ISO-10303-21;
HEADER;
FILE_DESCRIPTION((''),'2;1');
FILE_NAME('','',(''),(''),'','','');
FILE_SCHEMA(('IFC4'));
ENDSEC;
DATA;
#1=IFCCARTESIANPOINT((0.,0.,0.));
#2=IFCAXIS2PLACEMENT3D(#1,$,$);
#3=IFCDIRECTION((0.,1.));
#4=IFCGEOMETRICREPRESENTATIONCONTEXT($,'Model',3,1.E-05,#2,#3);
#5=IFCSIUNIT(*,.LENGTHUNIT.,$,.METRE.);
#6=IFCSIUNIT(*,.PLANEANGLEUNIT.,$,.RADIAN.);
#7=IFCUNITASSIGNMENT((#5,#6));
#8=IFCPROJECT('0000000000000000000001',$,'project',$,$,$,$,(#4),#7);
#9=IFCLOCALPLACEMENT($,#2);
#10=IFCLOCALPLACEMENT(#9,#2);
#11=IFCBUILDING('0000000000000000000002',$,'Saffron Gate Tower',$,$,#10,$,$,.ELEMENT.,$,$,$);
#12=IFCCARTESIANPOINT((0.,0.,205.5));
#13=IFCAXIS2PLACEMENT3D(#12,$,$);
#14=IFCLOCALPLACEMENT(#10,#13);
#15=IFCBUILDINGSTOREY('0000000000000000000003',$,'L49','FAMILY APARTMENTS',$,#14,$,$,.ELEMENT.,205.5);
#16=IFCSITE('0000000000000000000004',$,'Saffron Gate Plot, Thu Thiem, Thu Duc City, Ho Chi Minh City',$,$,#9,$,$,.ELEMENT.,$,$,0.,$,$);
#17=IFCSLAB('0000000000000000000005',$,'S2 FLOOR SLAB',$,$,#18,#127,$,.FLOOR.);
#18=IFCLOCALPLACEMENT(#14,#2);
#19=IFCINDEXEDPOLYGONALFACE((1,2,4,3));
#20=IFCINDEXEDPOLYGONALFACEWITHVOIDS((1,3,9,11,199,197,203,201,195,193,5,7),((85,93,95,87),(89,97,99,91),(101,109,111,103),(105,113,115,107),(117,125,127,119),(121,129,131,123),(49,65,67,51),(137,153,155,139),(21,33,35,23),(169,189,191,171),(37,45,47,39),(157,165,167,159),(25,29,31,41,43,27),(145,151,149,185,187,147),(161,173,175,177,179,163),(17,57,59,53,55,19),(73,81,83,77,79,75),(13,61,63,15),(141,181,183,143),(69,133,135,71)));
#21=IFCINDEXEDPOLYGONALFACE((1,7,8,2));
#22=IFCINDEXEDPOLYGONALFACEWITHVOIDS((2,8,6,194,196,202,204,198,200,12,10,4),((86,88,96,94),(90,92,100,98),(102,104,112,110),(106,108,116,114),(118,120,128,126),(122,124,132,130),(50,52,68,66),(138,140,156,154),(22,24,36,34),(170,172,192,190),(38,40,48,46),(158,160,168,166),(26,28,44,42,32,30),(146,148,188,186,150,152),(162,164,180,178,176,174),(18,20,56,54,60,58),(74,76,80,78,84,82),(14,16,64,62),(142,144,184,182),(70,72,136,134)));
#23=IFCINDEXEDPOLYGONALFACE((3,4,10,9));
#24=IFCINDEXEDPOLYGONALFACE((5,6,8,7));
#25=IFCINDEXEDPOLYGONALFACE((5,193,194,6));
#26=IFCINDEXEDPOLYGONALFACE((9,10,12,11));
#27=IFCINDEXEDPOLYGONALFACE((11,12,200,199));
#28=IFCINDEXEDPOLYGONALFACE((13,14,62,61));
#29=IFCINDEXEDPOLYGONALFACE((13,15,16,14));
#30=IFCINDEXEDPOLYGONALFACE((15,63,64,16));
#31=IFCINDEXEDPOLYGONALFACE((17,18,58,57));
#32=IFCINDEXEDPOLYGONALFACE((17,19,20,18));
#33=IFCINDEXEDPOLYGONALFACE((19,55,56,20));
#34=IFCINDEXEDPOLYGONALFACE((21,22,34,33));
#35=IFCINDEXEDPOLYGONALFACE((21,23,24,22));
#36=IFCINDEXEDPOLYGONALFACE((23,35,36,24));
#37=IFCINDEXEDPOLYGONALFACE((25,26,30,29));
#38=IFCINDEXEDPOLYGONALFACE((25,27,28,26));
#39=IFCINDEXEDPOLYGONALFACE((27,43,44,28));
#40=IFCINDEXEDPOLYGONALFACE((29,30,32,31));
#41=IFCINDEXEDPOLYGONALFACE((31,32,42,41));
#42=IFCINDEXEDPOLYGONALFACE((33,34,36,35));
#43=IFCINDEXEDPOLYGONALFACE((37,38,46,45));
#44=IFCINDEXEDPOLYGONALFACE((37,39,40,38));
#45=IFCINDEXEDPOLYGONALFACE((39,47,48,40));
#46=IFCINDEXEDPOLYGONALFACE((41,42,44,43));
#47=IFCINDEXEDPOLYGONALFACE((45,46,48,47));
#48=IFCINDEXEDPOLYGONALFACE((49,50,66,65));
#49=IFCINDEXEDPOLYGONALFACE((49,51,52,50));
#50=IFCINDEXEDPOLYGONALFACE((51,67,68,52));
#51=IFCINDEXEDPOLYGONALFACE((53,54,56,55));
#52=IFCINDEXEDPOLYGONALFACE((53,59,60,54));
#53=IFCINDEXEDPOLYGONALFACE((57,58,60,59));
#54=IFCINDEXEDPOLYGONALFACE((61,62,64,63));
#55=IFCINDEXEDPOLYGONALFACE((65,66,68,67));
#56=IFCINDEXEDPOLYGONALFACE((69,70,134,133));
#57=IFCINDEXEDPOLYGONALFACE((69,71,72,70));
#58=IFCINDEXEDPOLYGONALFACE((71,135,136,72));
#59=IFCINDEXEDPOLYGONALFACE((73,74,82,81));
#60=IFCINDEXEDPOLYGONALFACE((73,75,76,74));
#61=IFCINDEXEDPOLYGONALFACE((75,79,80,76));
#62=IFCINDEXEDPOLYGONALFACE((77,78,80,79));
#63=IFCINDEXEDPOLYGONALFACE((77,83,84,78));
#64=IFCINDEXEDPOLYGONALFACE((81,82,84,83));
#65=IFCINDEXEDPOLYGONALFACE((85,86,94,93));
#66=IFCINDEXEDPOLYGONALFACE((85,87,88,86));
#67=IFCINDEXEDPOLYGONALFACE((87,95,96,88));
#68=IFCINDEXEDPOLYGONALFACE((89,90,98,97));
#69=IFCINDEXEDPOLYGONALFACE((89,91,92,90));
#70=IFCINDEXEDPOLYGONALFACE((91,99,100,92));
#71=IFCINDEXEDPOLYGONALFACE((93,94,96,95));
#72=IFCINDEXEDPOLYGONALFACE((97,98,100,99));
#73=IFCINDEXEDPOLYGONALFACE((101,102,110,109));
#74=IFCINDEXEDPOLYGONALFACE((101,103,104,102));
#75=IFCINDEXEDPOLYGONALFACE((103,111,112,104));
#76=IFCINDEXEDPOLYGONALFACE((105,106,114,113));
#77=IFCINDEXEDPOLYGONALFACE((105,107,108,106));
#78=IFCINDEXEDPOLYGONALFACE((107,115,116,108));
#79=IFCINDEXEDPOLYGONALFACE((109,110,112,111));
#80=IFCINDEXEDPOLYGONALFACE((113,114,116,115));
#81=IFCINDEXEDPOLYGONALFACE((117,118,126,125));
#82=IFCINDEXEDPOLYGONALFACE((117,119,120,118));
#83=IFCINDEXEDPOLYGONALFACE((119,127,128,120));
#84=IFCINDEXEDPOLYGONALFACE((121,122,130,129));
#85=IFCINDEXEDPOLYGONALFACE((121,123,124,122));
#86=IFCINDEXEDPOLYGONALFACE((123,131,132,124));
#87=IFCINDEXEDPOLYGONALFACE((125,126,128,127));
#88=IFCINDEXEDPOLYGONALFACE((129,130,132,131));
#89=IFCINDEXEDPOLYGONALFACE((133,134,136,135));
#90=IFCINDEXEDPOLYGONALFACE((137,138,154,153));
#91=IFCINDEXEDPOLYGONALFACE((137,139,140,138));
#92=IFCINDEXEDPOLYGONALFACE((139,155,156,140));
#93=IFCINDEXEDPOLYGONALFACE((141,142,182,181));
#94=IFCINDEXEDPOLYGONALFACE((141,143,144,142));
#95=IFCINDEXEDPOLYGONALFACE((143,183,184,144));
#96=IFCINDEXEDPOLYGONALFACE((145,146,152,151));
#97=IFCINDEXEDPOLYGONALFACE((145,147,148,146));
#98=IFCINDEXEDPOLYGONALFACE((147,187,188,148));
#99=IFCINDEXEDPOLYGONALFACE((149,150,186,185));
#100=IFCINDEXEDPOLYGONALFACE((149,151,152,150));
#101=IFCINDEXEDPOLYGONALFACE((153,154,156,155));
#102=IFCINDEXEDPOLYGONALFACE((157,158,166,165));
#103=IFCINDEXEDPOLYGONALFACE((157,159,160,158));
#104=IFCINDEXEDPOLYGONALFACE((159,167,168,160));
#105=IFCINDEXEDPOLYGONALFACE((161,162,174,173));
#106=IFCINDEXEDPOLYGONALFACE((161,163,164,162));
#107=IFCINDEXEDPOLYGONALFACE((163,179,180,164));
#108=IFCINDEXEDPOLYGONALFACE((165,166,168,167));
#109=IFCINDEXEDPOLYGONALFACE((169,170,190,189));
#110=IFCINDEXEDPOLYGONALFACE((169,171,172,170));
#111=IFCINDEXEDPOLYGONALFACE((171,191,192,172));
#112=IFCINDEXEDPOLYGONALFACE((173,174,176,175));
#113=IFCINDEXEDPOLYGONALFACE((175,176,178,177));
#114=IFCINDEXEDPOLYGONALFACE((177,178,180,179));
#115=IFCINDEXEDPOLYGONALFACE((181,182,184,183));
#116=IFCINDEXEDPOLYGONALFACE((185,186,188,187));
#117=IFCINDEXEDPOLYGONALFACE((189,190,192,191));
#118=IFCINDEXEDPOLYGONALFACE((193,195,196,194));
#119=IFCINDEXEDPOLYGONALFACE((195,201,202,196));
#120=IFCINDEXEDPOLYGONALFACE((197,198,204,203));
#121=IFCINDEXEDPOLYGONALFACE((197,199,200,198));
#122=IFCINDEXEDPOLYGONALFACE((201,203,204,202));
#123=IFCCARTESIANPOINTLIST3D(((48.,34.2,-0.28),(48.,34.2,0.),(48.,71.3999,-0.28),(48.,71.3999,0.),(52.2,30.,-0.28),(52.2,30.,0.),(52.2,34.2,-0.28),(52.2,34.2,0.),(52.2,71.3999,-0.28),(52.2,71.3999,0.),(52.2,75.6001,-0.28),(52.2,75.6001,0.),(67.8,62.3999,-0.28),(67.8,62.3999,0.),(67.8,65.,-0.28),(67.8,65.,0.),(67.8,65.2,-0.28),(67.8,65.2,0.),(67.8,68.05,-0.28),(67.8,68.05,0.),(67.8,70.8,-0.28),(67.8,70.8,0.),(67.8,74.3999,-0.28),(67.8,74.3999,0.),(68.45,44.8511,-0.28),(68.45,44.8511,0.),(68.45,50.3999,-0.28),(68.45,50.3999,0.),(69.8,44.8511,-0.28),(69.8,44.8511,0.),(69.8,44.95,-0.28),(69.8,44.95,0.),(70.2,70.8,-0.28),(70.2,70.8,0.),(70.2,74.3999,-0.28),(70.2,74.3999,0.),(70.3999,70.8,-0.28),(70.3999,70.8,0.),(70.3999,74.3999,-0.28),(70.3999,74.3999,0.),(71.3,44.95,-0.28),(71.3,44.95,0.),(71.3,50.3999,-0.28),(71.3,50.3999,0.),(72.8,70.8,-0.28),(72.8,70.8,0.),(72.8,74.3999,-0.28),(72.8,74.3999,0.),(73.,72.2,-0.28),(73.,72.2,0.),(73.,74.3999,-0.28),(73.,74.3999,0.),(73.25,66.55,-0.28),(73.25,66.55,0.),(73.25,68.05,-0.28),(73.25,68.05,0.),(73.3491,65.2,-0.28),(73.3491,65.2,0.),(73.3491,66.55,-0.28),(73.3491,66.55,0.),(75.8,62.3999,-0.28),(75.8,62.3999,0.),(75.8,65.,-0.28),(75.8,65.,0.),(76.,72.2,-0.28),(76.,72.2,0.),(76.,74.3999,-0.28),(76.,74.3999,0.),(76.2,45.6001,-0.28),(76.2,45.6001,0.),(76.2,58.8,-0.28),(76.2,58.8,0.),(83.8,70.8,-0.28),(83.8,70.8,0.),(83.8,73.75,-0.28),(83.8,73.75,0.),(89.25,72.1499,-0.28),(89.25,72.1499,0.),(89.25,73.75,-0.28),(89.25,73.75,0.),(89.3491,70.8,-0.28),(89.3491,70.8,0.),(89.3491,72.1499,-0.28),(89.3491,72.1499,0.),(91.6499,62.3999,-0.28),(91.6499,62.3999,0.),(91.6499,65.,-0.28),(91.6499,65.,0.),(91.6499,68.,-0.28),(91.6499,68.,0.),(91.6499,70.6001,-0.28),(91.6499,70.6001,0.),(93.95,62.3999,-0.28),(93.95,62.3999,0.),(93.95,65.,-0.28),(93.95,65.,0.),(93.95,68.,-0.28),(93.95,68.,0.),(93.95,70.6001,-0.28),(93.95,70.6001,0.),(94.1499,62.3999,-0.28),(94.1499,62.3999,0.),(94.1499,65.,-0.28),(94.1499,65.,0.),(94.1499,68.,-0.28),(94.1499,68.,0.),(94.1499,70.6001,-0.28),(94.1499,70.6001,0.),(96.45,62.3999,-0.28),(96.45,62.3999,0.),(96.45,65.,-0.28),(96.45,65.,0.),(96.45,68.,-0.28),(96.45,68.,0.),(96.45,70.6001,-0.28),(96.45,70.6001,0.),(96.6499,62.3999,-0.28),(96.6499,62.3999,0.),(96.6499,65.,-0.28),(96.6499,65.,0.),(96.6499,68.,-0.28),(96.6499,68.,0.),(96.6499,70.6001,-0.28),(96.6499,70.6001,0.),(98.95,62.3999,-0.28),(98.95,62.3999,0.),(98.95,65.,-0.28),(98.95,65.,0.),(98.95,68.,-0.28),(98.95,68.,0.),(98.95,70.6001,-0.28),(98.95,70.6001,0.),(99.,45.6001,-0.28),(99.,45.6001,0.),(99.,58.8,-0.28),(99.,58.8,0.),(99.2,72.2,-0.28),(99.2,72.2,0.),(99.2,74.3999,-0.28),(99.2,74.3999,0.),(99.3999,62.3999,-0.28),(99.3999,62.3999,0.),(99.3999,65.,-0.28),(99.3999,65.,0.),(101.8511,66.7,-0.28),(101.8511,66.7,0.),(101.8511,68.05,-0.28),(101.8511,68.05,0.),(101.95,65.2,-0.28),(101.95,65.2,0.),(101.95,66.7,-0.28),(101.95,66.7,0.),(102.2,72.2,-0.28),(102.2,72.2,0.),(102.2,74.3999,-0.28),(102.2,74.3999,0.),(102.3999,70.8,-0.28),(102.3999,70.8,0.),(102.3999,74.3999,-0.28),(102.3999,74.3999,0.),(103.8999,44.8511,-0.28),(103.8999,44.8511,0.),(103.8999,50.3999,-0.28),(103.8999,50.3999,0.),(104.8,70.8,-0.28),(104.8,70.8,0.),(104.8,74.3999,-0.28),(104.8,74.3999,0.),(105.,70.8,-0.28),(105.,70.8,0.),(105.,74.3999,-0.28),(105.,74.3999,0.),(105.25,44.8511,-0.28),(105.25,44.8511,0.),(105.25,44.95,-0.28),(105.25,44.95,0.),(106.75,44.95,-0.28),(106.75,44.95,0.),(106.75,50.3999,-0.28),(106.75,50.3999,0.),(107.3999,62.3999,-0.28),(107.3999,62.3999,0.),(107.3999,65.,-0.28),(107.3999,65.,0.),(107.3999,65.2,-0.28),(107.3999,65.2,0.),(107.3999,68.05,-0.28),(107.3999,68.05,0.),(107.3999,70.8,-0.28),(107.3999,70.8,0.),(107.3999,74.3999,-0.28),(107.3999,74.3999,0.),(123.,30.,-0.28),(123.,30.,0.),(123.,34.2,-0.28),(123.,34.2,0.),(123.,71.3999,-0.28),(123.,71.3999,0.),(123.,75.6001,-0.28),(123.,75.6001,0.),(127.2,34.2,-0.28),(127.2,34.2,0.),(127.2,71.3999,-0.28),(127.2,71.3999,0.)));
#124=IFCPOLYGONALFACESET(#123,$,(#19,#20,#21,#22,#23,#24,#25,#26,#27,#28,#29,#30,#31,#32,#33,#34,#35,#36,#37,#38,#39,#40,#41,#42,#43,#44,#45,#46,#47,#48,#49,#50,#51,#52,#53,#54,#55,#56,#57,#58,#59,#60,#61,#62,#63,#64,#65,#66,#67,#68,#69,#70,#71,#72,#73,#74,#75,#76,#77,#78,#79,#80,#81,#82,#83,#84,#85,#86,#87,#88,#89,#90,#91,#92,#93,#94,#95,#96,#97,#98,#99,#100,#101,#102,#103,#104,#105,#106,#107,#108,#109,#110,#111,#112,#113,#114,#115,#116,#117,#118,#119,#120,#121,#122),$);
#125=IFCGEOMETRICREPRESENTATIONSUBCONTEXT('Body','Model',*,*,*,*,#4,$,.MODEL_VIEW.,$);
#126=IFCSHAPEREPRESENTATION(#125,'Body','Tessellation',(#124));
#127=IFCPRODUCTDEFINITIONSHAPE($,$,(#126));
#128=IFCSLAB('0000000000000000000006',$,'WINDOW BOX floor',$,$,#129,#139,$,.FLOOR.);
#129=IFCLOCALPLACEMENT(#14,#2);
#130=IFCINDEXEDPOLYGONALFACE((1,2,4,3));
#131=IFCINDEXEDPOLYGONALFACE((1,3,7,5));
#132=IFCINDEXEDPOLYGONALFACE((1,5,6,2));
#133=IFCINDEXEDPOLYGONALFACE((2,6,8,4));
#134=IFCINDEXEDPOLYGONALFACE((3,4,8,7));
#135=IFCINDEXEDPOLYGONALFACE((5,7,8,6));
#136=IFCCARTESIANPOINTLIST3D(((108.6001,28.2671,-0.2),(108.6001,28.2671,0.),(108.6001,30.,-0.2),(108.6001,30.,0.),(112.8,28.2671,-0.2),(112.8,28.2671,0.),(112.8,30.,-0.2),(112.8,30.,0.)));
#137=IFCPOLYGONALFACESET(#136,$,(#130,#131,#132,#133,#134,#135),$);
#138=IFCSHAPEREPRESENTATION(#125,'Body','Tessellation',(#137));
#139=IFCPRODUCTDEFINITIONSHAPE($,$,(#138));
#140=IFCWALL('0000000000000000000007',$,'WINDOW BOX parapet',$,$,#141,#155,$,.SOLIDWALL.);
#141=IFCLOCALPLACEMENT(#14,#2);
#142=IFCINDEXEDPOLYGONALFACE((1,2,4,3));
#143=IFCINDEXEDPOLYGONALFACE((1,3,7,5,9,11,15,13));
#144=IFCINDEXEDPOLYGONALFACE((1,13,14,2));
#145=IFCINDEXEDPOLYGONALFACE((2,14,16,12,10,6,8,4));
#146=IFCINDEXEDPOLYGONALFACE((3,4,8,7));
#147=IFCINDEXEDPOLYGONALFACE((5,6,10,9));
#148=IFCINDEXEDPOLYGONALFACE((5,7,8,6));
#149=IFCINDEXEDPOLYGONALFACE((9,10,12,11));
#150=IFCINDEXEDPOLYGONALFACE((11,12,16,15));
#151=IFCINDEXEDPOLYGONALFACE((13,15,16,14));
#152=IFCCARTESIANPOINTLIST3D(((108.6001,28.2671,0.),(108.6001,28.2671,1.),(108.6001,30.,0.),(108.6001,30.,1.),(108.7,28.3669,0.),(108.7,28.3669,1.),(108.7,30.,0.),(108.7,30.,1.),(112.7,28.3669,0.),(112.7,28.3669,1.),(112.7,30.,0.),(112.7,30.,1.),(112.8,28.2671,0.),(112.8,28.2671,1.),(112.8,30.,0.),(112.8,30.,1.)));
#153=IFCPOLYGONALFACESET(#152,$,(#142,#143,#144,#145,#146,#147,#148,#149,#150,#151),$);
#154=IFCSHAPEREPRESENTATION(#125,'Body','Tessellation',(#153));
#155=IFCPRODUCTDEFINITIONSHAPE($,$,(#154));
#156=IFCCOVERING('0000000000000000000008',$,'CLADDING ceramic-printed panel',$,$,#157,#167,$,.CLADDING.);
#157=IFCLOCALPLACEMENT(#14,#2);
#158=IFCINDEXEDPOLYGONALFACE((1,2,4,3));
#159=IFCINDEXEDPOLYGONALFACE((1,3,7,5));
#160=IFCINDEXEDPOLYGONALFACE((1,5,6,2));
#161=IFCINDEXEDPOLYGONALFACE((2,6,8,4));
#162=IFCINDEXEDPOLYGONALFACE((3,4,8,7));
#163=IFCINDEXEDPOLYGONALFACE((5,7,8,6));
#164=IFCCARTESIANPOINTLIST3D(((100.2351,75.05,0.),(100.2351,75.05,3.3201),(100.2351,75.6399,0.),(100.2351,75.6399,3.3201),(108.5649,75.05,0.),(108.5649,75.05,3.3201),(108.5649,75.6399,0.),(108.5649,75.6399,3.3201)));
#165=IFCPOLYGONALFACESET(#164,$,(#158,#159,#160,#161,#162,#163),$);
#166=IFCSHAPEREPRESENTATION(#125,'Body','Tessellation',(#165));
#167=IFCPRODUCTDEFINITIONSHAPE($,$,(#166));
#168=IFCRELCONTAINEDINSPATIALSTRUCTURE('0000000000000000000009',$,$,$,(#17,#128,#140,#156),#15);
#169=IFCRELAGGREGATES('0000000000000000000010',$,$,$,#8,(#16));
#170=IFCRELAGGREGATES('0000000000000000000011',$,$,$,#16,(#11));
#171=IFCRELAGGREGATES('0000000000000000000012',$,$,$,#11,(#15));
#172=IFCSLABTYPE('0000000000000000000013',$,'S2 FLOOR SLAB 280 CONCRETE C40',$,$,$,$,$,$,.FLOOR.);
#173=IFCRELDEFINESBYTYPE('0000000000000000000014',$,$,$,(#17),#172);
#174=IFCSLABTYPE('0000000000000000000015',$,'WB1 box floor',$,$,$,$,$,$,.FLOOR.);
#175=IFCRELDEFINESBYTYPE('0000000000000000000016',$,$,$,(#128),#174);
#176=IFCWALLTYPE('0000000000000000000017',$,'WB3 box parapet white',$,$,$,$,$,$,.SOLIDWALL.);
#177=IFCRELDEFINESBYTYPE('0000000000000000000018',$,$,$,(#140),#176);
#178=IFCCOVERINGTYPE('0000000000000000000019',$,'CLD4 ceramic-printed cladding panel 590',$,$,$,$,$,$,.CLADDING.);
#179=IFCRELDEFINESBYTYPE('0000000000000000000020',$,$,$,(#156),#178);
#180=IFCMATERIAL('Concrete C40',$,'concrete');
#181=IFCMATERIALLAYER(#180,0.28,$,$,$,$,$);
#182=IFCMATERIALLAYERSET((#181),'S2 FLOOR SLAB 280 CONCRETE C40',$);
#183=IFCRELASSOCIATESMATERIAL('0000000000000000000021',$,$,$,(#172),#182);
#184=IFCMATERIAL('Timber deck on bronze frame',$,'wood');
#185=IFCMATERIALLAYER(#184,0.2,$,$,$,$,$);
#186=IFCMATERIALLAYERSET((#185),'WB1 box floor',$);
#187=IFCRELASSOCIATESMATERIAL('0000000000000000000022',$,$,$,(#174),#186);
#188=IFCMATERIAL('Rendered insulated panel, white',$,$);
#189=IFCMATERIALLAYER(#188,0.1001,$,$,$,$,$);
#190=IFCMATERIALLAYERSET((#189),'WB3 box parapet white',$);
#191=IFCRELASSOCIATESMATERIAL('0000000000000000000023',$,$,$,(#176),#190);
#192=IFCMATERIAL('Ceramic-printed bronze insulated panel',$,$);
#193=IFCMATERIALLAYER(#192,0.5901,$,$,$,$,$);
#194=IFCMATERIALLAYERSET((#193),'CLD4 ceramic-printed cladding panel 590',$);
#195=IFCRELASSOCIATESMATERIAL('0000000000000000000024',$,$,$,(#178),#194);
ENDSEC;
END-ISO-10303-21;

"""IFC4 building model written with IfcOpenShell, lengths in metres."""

from ifc_helpers import new_model, si_unit, direction, frame, origin, place, context, subcontext, project, spatial, polyline, outline, extrude, material, layer, layer_set, type_object, element, save


model = new_model("IFC4")

# Units and contexts
model_context = context("Model", 3, precision=1e-05, world=origin(), true_north=direction((0.0, 1.0)))
body_context = subcontext(model_context, "Body", "Model", "MODEL_VIEW")
ifc_project = project(units=[si_unit("LENGTHUNIT", "METRE"), si_unit("PLANEANGLEUNIT", "RADIAN")], contexts=[model_context])

# Site, building, storey
site_placement = place(None, origin())
site = spatial("IfcSite", under=ifc_project, at=site_placement, Name="Saffron Gate Plot, Thu Thiem, Thu Duc City, Ho Chi Minh City", CompositionType="ELEMENT", RefElevation=0.0)
building_placement = place(site_placement, origin())
building = spatial("IfcBuilding", under=site, at=building_placement, Name="Saffron Gate Tower", CompositionType="ELEMENT")
storey_placement = place(building_placement, frame((0.0, 0.0, 205.5)))
storey = spatial("IfcBuildingStorey", under=building, at=storey_placement, Name="L49", Description="FAMILY APARTMENTS", CompositionType="ELEMENT", Elevation=205.5)

# Slabs
ifc_material_1 = material(Name="Concrete C40", Category="concrete")
ifc_layer_1 = layer(ifc_material_1, 0.28)
ifc_layer_set_1 = layer_set([ifc_layer_1], Name="S2 FLOOR SLAB 280 CONCRETE C40")
slab_type_1 = type_object("IfcSlabType", Name="S2 FLOOR SLAB 280 CONCRETE C40", PredefinedType="FLOOR", material=ifc_layer_set_1)
slab_1_placement = place(storey_placement, frame((0.0, 0.0, -0.28)))
element("IfcSlab", 1, at=slab_1_placement, inside=storey, type_object=slab_type_1, Name="S2 FLOOR SLAB", PredefinedType="FLOOR", context=body_context, shape_type="SweptSolid", body=[
    extrude(outline(polyline([(48.0, 34.2), (52.2, 34.2), (52.2, 30.0), (123.0, 30.0), (123.0, 34.2), (127.2, 34.2), (127.2, 71.3999), (123.0, 71.3999), (123.0, 75.6001), (52.2, 75.6001), (52.2, 71.3999), (48.0, 71.3999), (48.0, 34.2)]), holes=[polyline([(67.8, 62.3999), (67.8, 65.0), (75.8, 65.0), (75.8, 62.3999), (67.8, 62.3999)]), polyline([(67.8, 65.2), (67.8, 68.05), (73.25, 68.05), (73.25, 66.55), (73.3491, 66.55), (73.3491, 65.2), (67.8, 65.2)]), polyline([(67.8, 70.8), (67.8, 74.3999), (70.2, 74.3999), (70.2, 70.8), (67.8, 70.8)]), polyline([(68.45, 44.8511), (68.45, 50.3999), (71.3, 50.3999), (71.3, 44.95), (69.8, 44.95), (69.8, 44.8511), (68.45, 44.8511)]), polyline([(70.3999, 70.8), (70.3999, 74.3999), (72.8, 74.3999), (72.8, 70.8), (70.3999, 70.8)]), polyline([(73.0, 72.2), (73.0, 74.3999), (76.0, 74.3999), (76.0, 72.2), (73.0, 72.2)]), polyline([(76.2, 45.6001), (76.2, 58.8), (99.0, 58.8), (99.0, 45.6001), (76.2, 45.6001)]), polyline([(83.8, 70.8), (83.8, 73.75), (89.25, 73.75), (89.25, 72.1499), (89.3491, 72.1499), (89.3491, 70.8), (83.8, 70.8)]), polyline([(91.6499, 62.3999), (91.6499, 65.0), (93.95, 65.0), (93.95, 62.3999), (91.6499, 62.3999)]), polyline([(91.6499, 68.0), (91.6499, 70.6001), (93.95, 70.6001), (93.95, 68.0), (91.6499, 68.0)]), polyline([(94.1499, 62.3999), (94.1499, 65.0), (96.45, 65.0), (96.45, 62.3999), (94.1499, 62.3999)]), polyline([(94.1499, 68.0), (94.1499, 70.6001), (96.45, 70.6001), (96.45, 68.0), (94.1499, 68.0)]), polyline([(96.6499, 62.3999), (96.6499, 65.0), (98.95, 65.0), (98.95, 62.3999), (96.6499, 62.3999)]), polyline([(96.6499, 68.0), (96.6499, 70.6001), (98.95, 70.6001), (98.95, 68.0), (96.6499, 68.0)]), polyline([(99.2, 72.2), (99.2, 74.3999), (102.2, 74.3999), (102.2, 72.2), (99.2, 72.2)]), polyline([(99.3999, 62.3999), (99.3999, 65.0), (107.3999, 65.0), (107.3999, 62.3999), (99.3999, 62.3999)]), polyline([(101.8511, 66.7), (101.8511, 68.05), (107.3999, 68.05), (107.3999, 65.2), (101.95, 65.2), (101.95, 66.7), (101.8511, 66.7)]), polyline([(102.3999, 70.8), (102.3999, 74.3999), (104.8, 74.3999), (104.8, 70.8), (102.3999, 70.8)]), polyline([(103.8999, 44.8511), (103.8999, 50.3999), (106.75, 50.3999), (106.75, 44.95), (105.25, 44.95), (105.25, 44.8511), (103.8999, 44.8511)]), polyline([(105.0, 70.8), (105.0, 74.3999), (107.3999, 74.3999), (107.3999, 70.8), (105.0, 70.8)])]), origin(), (0.0, 0.0, 1.0), 0.28),
])
ifc_material_2 = material(Name="Timber deck on bronze frame", Category="wood")
ifc_layer_2 = layer(ifc_material_2, 0.2)
ifc_layer_set_2 = layer_set([ifc_layer_2], Name="WB1 box floor")
slab_type_2 = type_object("IfcSlabType", Name="WB1 box floor", PredefinedType="FLOOR", material=ifc_layer_set_2)
slab_2_placement = place(storey_placement, frame((0.0, 0.0, -0.2)))
element("IfcSlab", 2, at=slab_2_placement, inside=storey, type_object=slab_type_2, Name="WINDOW BOX floor", PredefinedType="FLOOR", context=body_context, shape_type="SweptSolid", body=[
    extrude(outline(polyline([(108.6001, 30.0), (112.8, 30.0), (112.8, 28.2671), (108.6001, 28.2671), (108.6001, 30.0)])), origin(), (0.0, 0.0, 1.0), 0.2),
])

# Wall
ifc_material_3 = material(Name="Rendered insulated panel, white")
ifc_layer_3 = layer(ifc_material_3, 0.1001)
ifc_layer_set_3 = layer_set([ifc_layer_3], Name="WB3 box parapet white")
wall_type = type_object("IfcWallType", Name="WB3 box parapet white", PredefinedType="SOLIDWALL", material=ifc_layer_set_3)
wall_placement = place(storey_placement, origin())
element("IfcWall", 3, at=wall_placement, inside=storey, type_object=wall_type, Name="WINDOW BOX parapet", PredefinedType="SOLIDWALL", context=body_context, shape_type="SweptSolid", body=[
    extrude(outline(polyline([(108.6001, 30.0), (108.7, 30.0), (108.7, 28.3669), (112.7, 28.3669), (112.7, 30.0), (112.8, 30.0), (112.8, 28.2671), (108.6001, 28.2671), (108.6001, 30.0)])), origin(), (0.0, 0.0, 1.0), 1.0),
])

# Covering
ifc_material_4 = material(Name="Ceramic-printed bronze insulated panel")
ifc_layer_4 = layer(ifc_material_4, 0.5901)
ifc_layer_set_4 = layer_set([ifc_layer_4], Name="CLD4 ceramic-printed cladding panel 590")
covering_type_1 = type_object("IfcCoveringType", Name="CLD4 ceramic-printed cladding panel 590", PredefinedType="CLADDING", material=ifc_layer_set_4)
covering_1_placement = place(storey_placement, origin())
element("IfcCovering", 4, at=covering_1_placement, inside=storey, type_object=covering_type_1, Name="CLADDING ceramic-printed panel", PredefinedType="CLADDING", context=body_context, shape_type="SweptSolid", body=[
    extrude(outline(polyline([(108.5649, 75.6399), (100.2351, 75.6399), (100.2351, 75.05), (108.5649, 75.05), (108.5649, 75.6399)])), origin(), (0.0, 0.0, 1.0), 3.3201),
])

save(model, "model.ifc")
